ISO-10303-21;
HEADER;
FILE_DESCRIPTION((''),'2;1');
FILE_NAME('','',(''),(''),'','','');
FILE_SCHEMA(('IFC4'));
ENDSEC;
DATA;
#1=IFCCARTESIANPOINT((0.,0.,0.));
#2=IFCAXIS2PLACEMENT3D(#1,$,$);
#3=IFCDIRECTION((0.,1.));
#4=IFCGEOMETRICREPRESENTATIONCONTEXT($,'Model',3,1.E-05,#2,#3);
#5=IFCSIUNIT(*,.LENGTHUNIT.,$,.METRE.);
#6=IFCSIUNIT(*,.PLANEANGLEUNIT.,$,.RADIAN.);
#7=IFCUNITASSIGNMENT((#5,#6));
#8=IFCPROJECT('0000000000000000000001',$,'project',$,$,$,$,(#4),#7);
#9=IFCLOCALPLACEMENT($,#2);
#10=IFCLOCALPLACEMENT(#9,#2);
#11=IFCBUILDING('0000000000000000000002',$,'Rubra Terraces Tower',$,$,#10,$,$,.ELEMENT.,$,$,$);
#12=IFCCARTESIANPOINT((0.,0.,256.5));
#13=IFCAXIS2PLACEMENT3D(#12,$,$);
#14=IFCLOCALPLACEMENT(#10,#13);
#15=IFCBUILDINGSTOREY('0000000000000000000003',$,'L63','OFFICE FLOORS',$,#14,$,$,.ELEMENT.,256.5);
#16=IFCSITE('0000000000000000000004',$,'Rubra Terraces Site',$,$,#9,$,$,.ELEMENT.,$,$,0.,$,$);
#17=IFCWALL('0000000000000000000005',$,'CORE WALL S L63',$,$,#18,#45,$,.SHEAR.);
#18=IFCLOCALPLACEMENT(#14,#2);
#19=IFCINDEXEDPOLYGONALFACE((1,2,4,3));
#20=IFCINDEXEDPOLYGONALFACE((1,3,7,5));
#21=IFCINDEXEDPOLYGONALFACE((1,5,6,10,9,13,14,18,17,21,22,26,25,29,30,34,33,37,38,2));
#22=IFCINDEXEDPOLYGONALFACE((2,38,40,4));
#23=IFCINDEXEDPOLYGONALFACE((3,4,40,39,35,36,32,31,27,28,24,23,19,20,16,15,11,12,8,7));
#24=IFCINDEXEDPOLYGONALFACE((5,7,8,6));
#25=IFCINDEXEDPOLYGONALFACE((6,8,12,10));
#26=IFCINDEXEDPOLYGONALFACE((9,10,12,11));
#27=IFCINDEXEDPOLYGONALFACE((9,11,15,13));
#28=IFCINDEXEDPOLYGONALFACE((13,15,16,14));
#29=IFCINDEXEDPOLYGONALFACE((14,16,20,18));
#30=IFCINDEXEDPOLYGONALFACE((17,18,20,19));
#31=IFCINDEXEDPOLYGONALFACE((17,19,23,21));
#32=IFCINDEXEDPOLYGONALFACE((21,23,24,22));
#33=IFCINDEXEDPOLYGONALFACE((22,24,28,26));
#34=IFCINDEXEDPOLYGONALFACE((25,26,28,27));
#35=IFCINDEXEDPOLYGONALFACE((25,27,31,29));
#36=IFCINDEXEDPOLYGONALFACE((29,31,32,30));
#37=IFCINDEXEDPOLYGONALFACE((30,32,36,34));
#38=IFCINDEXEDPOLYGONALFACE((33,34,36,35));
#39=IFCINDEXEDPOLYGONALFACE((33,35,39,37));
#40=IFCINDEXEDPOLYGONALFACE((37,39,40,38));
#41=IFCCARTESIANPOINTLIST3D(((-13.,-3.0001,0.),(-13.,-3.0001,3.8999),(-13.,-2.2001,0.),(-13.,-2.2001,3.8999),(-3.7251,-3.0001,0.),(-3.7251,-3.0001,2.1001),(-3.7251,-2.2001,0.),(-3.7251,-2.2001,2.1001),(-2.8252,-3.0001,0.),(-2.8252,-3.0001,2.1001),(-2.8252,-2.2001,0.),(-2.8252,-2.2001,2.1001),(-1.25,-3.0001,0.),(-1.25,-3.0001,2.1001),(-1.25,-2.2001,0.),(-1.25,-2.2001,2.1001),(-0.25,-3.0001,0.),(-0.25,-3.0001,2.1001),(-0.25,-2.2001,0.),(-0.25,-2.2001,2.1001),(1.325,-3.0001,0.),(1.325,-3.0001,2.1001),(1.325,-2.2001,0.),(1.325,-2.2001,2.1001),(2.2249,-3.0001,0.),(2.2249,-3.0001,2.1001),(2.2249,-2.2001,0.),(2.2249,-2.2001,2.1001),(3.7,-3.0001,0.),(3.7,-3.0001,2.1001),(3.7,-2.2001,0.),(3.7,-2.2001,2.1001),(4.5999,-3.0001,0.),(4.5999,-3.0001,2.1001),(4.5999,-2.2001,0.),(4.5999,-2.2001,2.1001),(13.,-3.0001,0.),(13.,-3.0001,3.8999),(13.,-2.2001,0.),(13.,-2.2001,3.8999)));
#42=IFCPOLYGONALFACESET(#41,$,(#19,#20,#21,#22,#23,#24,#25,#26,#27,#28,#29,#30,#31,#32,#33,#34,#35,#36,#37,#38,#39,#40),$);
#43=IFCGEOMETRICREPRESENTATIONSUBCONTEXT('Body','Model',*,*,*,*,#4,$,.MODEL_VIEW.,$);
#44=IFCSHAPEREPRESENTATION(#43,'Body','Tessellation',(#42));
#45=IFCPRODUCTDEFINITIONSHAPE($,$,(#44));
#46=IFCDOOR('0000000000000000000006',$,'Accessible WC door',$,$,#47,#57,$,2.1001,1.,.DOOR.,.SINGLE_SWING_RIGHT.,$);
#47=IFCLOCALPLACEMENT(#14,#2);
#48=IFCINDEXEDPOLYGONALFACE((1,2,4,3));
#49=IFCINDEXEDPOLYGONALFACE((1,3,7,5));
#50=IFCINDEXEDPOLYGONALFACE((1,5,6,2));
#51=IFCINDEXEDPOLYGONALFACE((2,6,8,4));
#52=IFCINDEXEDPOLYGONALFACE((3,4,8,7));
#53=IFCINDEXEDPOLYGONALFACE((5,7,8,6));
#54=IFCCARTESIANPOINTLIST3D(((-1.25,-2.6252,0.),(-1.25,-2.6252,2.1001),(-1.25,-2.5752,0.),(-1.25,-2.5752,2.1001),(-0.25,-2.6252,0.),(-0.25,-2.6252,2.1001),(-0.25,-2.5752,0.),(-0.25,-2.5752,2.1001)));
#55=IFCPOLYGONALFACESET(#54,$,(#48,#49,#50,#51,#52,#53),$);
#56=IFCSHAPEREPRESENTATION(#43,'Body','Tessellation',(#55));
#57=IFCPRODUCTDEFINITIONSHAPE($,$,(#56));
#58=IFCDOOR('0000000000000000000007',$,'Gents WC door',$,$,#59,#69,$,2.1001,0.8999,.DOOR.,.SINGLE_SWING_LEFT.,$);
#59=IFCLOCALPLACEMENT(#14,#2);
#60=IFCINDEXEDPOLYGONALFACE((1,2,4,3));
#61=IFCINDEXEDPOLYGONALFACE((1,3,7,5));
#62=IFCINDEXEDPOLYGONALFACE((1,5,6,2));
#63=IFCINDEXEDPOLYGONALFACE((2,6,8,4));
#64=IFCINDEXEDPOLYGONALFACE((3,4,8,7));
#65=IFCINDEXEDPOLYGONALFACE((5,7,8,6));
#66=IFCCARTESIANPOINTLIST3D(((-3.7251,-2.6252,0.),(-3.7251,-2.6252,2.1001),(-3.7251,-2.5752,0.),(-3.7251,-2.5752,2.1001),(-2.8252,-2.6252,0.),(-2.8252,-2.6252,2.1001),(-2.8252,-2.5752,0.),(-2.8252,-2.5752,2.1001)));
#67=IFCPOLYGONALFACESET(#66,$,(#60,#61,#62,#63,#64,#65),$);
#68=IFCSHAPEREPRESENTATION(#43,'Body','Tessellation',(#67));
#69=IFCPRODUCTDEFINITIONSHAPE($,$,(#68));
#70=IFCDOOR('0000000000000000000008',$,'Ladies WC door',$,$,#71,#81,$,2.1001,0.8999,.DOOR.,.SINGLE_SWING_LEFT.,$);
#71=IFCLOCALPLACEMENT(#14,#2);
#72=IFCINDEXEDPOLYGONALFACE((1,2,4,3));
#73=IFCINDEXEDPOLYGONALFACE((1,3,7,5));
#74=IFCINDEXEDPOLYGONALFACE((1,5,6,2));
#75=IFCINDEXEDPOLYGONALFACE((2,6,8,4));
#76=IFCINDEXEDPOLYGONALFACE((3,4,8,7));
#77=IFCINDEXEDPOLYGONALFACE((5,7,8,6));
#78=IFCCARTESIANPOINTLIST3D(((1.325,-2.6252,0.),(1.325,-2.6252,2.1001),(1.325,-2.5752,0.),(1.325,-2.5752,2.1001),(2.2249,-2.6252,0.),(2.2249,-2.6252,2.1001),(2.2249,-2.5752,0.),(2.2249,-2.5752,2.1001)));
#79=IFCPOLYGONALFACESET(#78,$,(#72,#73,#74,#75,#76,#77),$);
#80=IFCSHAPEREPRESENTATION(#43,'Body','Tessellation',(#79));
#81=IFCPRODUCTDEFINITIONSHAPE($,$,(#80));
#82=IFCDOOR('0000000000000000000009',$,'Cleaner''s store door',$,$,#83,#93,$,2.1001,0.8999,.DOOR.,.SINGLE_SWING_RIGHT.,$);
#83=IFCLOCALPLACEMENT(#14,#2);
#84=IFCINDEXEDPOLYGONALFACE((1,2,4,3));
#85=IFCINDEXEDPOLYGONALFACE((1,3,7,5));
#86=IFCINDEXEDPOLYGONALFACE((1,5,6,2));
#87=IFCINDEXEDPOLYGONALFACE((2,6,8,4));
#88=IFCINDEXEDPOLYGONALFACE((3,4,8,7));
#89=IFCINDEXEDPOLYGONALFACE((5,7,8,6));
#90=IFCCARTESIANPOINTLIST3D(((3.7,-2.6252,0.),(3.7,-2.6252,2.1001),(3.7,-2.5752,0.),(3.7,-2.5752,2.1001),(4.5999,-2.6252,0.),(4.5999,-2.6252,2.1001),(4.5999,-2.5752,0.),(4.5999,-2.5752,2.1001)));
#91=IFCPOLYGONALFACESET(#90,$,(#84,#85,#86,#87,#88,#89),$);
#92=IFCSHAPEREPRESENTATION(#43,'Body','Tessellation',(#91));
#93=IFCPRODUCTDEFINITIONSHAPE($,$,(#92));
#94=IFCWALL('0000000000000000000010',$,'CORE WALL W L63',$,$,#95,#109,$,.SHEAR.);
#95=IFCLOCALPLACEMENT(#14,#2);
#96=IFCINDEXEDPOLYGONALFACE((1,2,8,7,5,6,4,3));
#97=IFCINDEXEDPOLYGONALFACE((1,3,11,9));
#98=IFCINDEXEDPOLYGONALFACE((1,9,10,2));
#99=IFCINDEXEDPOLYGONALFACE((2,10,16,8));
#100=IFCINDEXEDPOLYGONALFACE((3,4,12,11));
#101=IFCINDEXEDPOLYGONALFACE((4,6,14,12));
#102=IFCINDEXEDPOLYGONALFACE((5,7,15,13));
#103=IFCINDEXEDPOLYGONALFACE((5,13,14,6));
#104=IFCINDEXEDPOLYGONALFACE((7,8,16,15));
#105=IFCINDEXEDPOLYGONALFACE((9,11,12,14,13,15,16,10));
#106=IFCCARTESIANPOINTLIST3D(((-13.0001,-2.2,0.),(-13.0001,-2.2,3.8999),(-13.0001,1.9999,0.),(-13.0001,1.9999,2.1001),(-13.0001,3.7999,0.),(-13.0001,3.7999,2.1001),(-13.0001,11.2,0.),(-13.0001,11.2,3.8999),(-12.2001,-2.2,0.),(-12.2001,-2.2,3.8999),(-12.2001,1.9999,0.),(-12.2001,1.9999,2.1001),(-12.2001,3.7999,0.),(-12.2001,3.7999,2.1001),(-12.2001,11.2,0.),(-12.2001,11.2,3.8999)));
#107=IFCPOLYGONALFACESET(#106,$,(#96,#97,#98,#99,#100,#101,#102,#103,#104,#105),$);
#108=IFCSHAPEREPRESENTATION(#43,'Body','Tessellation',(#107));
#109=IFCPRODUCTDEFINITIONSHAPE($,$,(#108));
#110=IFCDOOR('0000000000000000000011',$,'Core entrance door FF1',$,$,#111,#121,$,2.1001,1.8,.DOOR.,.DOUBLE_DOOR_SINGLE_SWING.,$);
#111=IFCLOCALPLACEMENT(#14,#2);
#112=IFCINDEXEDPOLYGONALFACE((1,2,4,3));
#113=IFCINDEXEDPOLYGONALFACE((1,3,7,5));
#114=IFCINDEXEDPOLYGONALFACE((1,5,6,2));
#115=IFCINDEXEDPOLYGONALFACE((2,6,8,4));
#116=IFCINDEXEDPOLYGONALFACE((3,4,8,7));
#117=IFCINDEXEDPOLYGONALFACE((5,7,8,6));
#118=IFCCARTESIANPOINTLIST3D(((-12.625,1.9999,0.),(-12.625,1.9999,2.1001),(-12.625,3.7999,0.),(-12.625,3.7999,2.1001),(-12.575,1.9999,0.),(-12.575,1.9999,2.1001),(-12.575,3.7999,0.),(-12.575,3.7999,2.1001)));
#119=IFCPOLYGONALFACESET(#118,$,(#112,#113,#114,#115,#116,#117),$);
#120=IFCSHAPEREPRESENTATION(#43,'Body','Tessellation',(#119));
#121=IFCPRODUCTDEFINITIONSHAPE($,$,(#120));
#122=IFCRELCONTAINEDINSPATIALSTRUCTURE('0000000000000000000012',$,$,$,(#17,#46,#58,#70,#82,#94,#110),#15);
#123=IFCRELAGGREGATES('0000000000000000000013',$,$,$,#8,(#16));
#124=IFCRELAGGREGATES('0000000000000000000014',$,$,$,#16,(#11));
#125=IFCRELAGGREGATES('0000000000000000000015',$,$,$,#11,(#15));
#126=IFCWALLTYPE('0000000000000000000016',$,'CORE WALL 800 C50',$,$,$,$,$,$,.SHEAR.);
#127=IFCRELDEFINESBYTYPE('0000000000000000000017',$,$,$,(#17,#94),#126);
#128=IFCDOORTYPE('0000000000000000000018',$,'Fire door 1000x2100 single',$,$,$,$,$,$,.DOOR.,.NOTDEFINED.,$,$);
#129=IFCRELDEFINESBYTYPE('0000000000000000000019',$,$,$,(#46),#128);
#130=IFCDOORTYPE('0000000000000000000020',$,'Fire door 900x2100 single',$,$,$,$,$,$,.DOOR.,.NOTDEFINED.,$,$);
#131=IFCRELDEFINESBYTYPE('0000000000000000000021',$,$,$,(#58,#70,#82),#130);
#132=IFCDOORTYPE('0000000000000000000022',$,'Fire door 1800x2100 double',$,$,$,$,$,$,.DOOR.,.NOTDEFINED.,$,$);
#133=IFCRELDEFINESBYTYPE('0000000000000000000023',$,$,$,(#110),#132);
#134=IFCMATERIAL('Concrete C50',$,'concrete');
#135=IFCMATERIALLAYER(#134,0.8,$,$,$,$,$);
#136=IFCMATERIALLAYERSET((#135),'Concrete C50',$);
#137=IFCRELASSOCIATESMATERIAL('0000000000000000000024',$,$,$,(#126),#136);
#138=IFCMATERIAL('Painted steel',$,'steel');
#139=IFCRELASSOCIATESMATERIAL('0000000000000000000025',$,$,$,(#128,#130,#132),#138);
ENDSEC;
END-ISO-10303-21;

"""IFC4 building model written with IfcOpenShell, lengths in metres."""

from ifc_helpers import new_model, si_unit, direction, frame, frame_2d, origin, place, context, subcontext, project, spatial, rectangle, extrude, material, layer, layer_set, type_object, element, fill, save


model = new_model("IFC4")

# Units and contexts
model_context = context("Model", 3, precision=1e-05, world=origin(), true_north=direction((0.0, 1.0)))
body_context = subcontext(model_context, "Body", "Model", "MODEL_VIEW")
ifc_project = project(units=[si_unit("LENGTHUNIT", "METRE"), si_unit("PLANEANGLEUNIT", "RADIAN")], contexts=[model_context])

# Site, building, storey
site_placement = place(None, origin())
site = spatial("IfcSite", under=ifc_project, at=site_placement, Name="Rubra Terraces Site", CompositionType="ELEMENT", RefElevation=0.0)
building_placement = place(site_placement, origin())
building = spatial("IfcBuilding", under=site, at=building_placement, Name="Rubra Terraces Tower", CompositionType="ELEMENT")
storey_placement = place(building_placement, frame((0.0, 0.0, 256.5)))
storey = spatial("IfcBuildingStorey", under=building, at=storey_placement, Name="L63", Description="OFFICE FLOORS", CompositionType="ELEMENT", Elevation=256.5)

# Wall, openings, doors
ifc_material_1 = material(Name="Concrete C50", Category="concrete")
ifc_layer_1 = layer(ifc_material_1, 0.8)
ifc_layer_set_1 = layer_set([ifc_layer_1], Name="Concrete C50")
wall_type_1 = type_object("IfcWallType", Name="CORE WALL 800 C50", PredefinedType="SHEAR", material=ifc_layer_set_1)
wall_1_placement = place(storey_placement, frame((-13.0, -2.6001, 0.0), z_axis=(0.0, 0.0, 1.0), x_axis=(1.0, 0.0, 0.0)))
wall_1 = element("IfcWall", 1, at=wall_1_placement, inside=storey, type_object=wall_type_1, Name="CORE WALL S L63", PredefinedType="SHEAR", context=body_context, shape_type="SweptSolid", body=[
    extrude(rectangle(XDim=26.0, YDim=0.8, at=frame_2d((13.0, 0.0))), origin(), (0.0, 0.0, 1.0), 3.8999),
])
opening_1_placement = place(wall_1_placement, frame((9.2749, 0.0, 0.0)))
opening_1 = element("IfcOpeningElement", 2, at=opening_1_placement, cuts=wall_1, PredefinedType="OPENING", context=body_context, shape_type="SweptSolid", body=[
    extrude(rectangle(XDim=0.8999, YDim=2.1001, at=frame_2d((0.45, 1.05))), frame((0.0, 0.4099, 0.0), z_axis=(0.0, -1.0, 0.0), x_axis=(1.0, 0.0, 0.0)), (0.0, 0.0, 1.0), 0.8201),
])
opening_2_placement = place(wall_1_placement, frame((11.75, 0.0, 0.0)))
opening_2 = element("IfcOpeningElement", 3, at=opening_2_placement, cuts=wall_1, PredefinedType="OPENING", context=body_context, shape_type="SweptSolid", body=[
    extrude(rectangle(XDim=1.0, YDim=2.1001, at=frame_2d((0.5, 1.05))), frame((0.0, 0.4099, 0.0), z_axis=(0.0, -1.0, 0.0), x_axis=(1.0, 0.0, 0.0)), (0.0, 0.0, 1.0), 0.8201),
])
opening_3_placement = place(wall_1_placement, frame((14.325, 0.0, 0.0)))
opening_3 = element("IfcOpeningElement", 4, at=opening_3_placement, cuts=wall_1, PredefinedType="OPENING", context=body_context, shape_type="SweptSolid", body=[
    extrude(rectangle(XDim=0.8999, YDim=2.1001, at=frame_2d((0.45, 1.05))), frame((0.0, 0.4099, 0.0), z_axis=(0.0, -1.0, 0.0), x_axis=(1.0, 0.0, 0.0)), (0.0, 0.0, 1.0), 0.8201),
])
opening_4_placement = place(wall_1_placement, frame((16.7, 0.0, 0.0)))
opening_4 = element("IfcOpeningElement", 5, at=opening_4_placement, cuts=wall_1, PredefinedType="OPENING", context=body_context, shape_type="SweptSolid", body=[
    extrude(rectangle(XDim=0.8999, YDim=2.1001, at=frame_2d((0.45, 1.05))), frame((0.0, 0.4099, 0.0), z_axis=(0.0, -1.0, 0.0), x_axis=(1.0, 0.0, 0.0)), (0.0, 0.0, 1.0), 0.8201),
])
ifc_material_2 = material(Name="Painted steel", Category="steel")
door_type_1 = type_object("IfcDoorType", Name="Fire door 1000x2100 single", OperationType="NOTDEFINED", PredefinedType="DOOR", material=ifc_material_2)
door_1_placement = place(opening_2_placement, origin())
door_1 = element("IfcDoor", 6, at=door_1_placement, inside=storey, type_object=door_type_1, Name="Accessible WC door", OperationType="SINGLE_SWING_RIGHT", OverallHeight=2.1001, OverallWidth=1.0, PredefinedType="DOOR", context=body_context, shape_type="SweptSolid", body=[
    extrude(rectangle(XDim=1.0, YDim=2.1001, at=frame_2d((0.5, 1.05))), frame((0.0, 0.0249, 0.0), z_axis=(0.0, -1.0, 0.0), x_axis=(1.0, 0.0, 0.0)), (0.0, 0.0, 1.0), 0.05),
])
fill(opening_2, door_1)
door_type_2 = type_object("IfcDoorType", Name="Fire door 900x2100 single", OperationType="NOTDEFINED", PredefinedType="DOOR", material=ifc_material_2)
door_2_placement = place(opening_1_placement, origin())
door_2 = element("IfcDoor", 7, at=door_2_placement, inside=storey, type_object=door_type_2, Name="Gents WC door", OperationType="SINGLE_SWING_LEFT", OverallHeight=2.1001, OverallWidth=0.8999, PredefinedType="DOOR", context=body_context, shape_type="SweptSolid", body=[
    extrude(rectangle(XDim=0.8999, YDim=2.1001, at=frame_2d((0.45, 1.05))), frame((0.0, 0.0249, 0.0), z_axis=(0.0, -1.0, 0.0), x_axis=(1.0, 0.0, 0.0)), (0.0, 0.0, 1.0), 0.05),
])
fill(opening_1, door_2)
door_3_placement = place(opening_3_placement, origin())
door_3 = element("IfcDoor", 8, at=door_3_placement, inside=storey, type_object=door_type_2, Name="Ladies WC door", OperationType="SINGLE_SWING_LEFT", OverallHeight=2.1001, OverallWidth=0.8999, PredefinedType="DOOR", context=body_context, shape_type="SweptSolid", body=[
    extrude(rectangle(XDim=0.8999, YDim=2.1001, at=frame_2d((0.45, 1.05))), frame((0.0, 0.0249, 0.0), z_axis=(0.0, -1.0, 0.0), x_axis=(1.0, 0.0, 0.0)), (0.0, 0.0, 1.0), 0.05),
])
fill(opening_3, door_3)
door_4_placement = place(opening_4_placement, origin())
door_4 = element("IfcDoor", 9, at=door_4_placement, inside=storey, type_object=door_type_2, Name="Cleaner's store door", OperationType="SINGLE_SWING_RIGHT", OverallHeight=2.1001, OverallWidth=0.8999, PredefinedType="DOOR", context=body_context, shape_type="SweptSolid", body=[
    extrude(rectangle(XDim=0.8999, YDim=2.1001, at=frame_2d((0.45, 1.05))), frame((0.0, 0.0249, 0.0), z_axis=(0.0, -1.0, 0.0), x_axis=(1.0, 0.0, 0.0)), (0.0, 0.0, 1.0), 0.05),
])
fill(opening_4, door_4)

# Wall, opening, door
wall_2_placement = place(storey_placement, frame((-12.6001, -2.2, 0.0), z_axis=(0.0, 0.0, 1.0), x_axis=(0.0, 1.0, 0.0)))
wall_2 = element("IfcWall", 10, at=wall_2_placement, inside=storey, type_object=wall_type_1, Name="CORE WALL W L63", PredefinedType="SHEAR", context=body_context, shape_type="SweptSolid", body=[
    extrude(rectangle(XDim=13.3999, YDim=0.8, at=frame_2d((6.7, 0.0))), origin(), (0.0, 0.0, 1.0), 3.8999),
])
opening_5_placement = place(wall_2_placement, frame((4.2, 0.0, 0.0)))
opening_5 = element("IfcOpeningElement", 11, at=opening_5_placement, cuts=wall_2, PredefinedType="OPENING", context=body_context, shape_type="SweptSolid", body=[
    extrude(rectangle(XDim=1.8, YDim=2.1001, at=frame_2d((0.8999, 1.05))), frame((0.0, 0.4099, 0.0), z_axis=(0.0, -1.0, 0.0), x_axis=(1.0, 0.0, 0.0)), (0.0, 0.0, 1.0), 0.8201),
])
door_type_3 = type_object("IfcDoorType", Name="Fire door 1800x2100 double", OperationType="NOTDEFINED", PredefinedType="DOOR", material=ifc_material_2)
door_5_placement = place(opening_5_placement, origin())
door_5 = element("IfcDoor", 12, at=door_5_placement, inside=storey, type_object=door_type_3, Name="Core entrance door FF1", OperationType="DOUBLE_DOOR_SINGLE_SWING", OverallHeight=2.1001, OverallWidth=1.8, PredefinedType="DOOR", context=body_context, shape_type="SweptSolid", body=[
    extrude(rectangle(XDim=1.8, YDim=2.1001, at=frame_2d((0.8999, 1.05))), frame((0.0, 0.0249, 0.0), z_axis=(0.0, -1.0, 0.0), x_axis=(1.0, 0.0, 0.0)), (0.0, 0.0, 1.0), 0.05),
])
fill(opening_5, door_5)

save(model, "model.ifc")
